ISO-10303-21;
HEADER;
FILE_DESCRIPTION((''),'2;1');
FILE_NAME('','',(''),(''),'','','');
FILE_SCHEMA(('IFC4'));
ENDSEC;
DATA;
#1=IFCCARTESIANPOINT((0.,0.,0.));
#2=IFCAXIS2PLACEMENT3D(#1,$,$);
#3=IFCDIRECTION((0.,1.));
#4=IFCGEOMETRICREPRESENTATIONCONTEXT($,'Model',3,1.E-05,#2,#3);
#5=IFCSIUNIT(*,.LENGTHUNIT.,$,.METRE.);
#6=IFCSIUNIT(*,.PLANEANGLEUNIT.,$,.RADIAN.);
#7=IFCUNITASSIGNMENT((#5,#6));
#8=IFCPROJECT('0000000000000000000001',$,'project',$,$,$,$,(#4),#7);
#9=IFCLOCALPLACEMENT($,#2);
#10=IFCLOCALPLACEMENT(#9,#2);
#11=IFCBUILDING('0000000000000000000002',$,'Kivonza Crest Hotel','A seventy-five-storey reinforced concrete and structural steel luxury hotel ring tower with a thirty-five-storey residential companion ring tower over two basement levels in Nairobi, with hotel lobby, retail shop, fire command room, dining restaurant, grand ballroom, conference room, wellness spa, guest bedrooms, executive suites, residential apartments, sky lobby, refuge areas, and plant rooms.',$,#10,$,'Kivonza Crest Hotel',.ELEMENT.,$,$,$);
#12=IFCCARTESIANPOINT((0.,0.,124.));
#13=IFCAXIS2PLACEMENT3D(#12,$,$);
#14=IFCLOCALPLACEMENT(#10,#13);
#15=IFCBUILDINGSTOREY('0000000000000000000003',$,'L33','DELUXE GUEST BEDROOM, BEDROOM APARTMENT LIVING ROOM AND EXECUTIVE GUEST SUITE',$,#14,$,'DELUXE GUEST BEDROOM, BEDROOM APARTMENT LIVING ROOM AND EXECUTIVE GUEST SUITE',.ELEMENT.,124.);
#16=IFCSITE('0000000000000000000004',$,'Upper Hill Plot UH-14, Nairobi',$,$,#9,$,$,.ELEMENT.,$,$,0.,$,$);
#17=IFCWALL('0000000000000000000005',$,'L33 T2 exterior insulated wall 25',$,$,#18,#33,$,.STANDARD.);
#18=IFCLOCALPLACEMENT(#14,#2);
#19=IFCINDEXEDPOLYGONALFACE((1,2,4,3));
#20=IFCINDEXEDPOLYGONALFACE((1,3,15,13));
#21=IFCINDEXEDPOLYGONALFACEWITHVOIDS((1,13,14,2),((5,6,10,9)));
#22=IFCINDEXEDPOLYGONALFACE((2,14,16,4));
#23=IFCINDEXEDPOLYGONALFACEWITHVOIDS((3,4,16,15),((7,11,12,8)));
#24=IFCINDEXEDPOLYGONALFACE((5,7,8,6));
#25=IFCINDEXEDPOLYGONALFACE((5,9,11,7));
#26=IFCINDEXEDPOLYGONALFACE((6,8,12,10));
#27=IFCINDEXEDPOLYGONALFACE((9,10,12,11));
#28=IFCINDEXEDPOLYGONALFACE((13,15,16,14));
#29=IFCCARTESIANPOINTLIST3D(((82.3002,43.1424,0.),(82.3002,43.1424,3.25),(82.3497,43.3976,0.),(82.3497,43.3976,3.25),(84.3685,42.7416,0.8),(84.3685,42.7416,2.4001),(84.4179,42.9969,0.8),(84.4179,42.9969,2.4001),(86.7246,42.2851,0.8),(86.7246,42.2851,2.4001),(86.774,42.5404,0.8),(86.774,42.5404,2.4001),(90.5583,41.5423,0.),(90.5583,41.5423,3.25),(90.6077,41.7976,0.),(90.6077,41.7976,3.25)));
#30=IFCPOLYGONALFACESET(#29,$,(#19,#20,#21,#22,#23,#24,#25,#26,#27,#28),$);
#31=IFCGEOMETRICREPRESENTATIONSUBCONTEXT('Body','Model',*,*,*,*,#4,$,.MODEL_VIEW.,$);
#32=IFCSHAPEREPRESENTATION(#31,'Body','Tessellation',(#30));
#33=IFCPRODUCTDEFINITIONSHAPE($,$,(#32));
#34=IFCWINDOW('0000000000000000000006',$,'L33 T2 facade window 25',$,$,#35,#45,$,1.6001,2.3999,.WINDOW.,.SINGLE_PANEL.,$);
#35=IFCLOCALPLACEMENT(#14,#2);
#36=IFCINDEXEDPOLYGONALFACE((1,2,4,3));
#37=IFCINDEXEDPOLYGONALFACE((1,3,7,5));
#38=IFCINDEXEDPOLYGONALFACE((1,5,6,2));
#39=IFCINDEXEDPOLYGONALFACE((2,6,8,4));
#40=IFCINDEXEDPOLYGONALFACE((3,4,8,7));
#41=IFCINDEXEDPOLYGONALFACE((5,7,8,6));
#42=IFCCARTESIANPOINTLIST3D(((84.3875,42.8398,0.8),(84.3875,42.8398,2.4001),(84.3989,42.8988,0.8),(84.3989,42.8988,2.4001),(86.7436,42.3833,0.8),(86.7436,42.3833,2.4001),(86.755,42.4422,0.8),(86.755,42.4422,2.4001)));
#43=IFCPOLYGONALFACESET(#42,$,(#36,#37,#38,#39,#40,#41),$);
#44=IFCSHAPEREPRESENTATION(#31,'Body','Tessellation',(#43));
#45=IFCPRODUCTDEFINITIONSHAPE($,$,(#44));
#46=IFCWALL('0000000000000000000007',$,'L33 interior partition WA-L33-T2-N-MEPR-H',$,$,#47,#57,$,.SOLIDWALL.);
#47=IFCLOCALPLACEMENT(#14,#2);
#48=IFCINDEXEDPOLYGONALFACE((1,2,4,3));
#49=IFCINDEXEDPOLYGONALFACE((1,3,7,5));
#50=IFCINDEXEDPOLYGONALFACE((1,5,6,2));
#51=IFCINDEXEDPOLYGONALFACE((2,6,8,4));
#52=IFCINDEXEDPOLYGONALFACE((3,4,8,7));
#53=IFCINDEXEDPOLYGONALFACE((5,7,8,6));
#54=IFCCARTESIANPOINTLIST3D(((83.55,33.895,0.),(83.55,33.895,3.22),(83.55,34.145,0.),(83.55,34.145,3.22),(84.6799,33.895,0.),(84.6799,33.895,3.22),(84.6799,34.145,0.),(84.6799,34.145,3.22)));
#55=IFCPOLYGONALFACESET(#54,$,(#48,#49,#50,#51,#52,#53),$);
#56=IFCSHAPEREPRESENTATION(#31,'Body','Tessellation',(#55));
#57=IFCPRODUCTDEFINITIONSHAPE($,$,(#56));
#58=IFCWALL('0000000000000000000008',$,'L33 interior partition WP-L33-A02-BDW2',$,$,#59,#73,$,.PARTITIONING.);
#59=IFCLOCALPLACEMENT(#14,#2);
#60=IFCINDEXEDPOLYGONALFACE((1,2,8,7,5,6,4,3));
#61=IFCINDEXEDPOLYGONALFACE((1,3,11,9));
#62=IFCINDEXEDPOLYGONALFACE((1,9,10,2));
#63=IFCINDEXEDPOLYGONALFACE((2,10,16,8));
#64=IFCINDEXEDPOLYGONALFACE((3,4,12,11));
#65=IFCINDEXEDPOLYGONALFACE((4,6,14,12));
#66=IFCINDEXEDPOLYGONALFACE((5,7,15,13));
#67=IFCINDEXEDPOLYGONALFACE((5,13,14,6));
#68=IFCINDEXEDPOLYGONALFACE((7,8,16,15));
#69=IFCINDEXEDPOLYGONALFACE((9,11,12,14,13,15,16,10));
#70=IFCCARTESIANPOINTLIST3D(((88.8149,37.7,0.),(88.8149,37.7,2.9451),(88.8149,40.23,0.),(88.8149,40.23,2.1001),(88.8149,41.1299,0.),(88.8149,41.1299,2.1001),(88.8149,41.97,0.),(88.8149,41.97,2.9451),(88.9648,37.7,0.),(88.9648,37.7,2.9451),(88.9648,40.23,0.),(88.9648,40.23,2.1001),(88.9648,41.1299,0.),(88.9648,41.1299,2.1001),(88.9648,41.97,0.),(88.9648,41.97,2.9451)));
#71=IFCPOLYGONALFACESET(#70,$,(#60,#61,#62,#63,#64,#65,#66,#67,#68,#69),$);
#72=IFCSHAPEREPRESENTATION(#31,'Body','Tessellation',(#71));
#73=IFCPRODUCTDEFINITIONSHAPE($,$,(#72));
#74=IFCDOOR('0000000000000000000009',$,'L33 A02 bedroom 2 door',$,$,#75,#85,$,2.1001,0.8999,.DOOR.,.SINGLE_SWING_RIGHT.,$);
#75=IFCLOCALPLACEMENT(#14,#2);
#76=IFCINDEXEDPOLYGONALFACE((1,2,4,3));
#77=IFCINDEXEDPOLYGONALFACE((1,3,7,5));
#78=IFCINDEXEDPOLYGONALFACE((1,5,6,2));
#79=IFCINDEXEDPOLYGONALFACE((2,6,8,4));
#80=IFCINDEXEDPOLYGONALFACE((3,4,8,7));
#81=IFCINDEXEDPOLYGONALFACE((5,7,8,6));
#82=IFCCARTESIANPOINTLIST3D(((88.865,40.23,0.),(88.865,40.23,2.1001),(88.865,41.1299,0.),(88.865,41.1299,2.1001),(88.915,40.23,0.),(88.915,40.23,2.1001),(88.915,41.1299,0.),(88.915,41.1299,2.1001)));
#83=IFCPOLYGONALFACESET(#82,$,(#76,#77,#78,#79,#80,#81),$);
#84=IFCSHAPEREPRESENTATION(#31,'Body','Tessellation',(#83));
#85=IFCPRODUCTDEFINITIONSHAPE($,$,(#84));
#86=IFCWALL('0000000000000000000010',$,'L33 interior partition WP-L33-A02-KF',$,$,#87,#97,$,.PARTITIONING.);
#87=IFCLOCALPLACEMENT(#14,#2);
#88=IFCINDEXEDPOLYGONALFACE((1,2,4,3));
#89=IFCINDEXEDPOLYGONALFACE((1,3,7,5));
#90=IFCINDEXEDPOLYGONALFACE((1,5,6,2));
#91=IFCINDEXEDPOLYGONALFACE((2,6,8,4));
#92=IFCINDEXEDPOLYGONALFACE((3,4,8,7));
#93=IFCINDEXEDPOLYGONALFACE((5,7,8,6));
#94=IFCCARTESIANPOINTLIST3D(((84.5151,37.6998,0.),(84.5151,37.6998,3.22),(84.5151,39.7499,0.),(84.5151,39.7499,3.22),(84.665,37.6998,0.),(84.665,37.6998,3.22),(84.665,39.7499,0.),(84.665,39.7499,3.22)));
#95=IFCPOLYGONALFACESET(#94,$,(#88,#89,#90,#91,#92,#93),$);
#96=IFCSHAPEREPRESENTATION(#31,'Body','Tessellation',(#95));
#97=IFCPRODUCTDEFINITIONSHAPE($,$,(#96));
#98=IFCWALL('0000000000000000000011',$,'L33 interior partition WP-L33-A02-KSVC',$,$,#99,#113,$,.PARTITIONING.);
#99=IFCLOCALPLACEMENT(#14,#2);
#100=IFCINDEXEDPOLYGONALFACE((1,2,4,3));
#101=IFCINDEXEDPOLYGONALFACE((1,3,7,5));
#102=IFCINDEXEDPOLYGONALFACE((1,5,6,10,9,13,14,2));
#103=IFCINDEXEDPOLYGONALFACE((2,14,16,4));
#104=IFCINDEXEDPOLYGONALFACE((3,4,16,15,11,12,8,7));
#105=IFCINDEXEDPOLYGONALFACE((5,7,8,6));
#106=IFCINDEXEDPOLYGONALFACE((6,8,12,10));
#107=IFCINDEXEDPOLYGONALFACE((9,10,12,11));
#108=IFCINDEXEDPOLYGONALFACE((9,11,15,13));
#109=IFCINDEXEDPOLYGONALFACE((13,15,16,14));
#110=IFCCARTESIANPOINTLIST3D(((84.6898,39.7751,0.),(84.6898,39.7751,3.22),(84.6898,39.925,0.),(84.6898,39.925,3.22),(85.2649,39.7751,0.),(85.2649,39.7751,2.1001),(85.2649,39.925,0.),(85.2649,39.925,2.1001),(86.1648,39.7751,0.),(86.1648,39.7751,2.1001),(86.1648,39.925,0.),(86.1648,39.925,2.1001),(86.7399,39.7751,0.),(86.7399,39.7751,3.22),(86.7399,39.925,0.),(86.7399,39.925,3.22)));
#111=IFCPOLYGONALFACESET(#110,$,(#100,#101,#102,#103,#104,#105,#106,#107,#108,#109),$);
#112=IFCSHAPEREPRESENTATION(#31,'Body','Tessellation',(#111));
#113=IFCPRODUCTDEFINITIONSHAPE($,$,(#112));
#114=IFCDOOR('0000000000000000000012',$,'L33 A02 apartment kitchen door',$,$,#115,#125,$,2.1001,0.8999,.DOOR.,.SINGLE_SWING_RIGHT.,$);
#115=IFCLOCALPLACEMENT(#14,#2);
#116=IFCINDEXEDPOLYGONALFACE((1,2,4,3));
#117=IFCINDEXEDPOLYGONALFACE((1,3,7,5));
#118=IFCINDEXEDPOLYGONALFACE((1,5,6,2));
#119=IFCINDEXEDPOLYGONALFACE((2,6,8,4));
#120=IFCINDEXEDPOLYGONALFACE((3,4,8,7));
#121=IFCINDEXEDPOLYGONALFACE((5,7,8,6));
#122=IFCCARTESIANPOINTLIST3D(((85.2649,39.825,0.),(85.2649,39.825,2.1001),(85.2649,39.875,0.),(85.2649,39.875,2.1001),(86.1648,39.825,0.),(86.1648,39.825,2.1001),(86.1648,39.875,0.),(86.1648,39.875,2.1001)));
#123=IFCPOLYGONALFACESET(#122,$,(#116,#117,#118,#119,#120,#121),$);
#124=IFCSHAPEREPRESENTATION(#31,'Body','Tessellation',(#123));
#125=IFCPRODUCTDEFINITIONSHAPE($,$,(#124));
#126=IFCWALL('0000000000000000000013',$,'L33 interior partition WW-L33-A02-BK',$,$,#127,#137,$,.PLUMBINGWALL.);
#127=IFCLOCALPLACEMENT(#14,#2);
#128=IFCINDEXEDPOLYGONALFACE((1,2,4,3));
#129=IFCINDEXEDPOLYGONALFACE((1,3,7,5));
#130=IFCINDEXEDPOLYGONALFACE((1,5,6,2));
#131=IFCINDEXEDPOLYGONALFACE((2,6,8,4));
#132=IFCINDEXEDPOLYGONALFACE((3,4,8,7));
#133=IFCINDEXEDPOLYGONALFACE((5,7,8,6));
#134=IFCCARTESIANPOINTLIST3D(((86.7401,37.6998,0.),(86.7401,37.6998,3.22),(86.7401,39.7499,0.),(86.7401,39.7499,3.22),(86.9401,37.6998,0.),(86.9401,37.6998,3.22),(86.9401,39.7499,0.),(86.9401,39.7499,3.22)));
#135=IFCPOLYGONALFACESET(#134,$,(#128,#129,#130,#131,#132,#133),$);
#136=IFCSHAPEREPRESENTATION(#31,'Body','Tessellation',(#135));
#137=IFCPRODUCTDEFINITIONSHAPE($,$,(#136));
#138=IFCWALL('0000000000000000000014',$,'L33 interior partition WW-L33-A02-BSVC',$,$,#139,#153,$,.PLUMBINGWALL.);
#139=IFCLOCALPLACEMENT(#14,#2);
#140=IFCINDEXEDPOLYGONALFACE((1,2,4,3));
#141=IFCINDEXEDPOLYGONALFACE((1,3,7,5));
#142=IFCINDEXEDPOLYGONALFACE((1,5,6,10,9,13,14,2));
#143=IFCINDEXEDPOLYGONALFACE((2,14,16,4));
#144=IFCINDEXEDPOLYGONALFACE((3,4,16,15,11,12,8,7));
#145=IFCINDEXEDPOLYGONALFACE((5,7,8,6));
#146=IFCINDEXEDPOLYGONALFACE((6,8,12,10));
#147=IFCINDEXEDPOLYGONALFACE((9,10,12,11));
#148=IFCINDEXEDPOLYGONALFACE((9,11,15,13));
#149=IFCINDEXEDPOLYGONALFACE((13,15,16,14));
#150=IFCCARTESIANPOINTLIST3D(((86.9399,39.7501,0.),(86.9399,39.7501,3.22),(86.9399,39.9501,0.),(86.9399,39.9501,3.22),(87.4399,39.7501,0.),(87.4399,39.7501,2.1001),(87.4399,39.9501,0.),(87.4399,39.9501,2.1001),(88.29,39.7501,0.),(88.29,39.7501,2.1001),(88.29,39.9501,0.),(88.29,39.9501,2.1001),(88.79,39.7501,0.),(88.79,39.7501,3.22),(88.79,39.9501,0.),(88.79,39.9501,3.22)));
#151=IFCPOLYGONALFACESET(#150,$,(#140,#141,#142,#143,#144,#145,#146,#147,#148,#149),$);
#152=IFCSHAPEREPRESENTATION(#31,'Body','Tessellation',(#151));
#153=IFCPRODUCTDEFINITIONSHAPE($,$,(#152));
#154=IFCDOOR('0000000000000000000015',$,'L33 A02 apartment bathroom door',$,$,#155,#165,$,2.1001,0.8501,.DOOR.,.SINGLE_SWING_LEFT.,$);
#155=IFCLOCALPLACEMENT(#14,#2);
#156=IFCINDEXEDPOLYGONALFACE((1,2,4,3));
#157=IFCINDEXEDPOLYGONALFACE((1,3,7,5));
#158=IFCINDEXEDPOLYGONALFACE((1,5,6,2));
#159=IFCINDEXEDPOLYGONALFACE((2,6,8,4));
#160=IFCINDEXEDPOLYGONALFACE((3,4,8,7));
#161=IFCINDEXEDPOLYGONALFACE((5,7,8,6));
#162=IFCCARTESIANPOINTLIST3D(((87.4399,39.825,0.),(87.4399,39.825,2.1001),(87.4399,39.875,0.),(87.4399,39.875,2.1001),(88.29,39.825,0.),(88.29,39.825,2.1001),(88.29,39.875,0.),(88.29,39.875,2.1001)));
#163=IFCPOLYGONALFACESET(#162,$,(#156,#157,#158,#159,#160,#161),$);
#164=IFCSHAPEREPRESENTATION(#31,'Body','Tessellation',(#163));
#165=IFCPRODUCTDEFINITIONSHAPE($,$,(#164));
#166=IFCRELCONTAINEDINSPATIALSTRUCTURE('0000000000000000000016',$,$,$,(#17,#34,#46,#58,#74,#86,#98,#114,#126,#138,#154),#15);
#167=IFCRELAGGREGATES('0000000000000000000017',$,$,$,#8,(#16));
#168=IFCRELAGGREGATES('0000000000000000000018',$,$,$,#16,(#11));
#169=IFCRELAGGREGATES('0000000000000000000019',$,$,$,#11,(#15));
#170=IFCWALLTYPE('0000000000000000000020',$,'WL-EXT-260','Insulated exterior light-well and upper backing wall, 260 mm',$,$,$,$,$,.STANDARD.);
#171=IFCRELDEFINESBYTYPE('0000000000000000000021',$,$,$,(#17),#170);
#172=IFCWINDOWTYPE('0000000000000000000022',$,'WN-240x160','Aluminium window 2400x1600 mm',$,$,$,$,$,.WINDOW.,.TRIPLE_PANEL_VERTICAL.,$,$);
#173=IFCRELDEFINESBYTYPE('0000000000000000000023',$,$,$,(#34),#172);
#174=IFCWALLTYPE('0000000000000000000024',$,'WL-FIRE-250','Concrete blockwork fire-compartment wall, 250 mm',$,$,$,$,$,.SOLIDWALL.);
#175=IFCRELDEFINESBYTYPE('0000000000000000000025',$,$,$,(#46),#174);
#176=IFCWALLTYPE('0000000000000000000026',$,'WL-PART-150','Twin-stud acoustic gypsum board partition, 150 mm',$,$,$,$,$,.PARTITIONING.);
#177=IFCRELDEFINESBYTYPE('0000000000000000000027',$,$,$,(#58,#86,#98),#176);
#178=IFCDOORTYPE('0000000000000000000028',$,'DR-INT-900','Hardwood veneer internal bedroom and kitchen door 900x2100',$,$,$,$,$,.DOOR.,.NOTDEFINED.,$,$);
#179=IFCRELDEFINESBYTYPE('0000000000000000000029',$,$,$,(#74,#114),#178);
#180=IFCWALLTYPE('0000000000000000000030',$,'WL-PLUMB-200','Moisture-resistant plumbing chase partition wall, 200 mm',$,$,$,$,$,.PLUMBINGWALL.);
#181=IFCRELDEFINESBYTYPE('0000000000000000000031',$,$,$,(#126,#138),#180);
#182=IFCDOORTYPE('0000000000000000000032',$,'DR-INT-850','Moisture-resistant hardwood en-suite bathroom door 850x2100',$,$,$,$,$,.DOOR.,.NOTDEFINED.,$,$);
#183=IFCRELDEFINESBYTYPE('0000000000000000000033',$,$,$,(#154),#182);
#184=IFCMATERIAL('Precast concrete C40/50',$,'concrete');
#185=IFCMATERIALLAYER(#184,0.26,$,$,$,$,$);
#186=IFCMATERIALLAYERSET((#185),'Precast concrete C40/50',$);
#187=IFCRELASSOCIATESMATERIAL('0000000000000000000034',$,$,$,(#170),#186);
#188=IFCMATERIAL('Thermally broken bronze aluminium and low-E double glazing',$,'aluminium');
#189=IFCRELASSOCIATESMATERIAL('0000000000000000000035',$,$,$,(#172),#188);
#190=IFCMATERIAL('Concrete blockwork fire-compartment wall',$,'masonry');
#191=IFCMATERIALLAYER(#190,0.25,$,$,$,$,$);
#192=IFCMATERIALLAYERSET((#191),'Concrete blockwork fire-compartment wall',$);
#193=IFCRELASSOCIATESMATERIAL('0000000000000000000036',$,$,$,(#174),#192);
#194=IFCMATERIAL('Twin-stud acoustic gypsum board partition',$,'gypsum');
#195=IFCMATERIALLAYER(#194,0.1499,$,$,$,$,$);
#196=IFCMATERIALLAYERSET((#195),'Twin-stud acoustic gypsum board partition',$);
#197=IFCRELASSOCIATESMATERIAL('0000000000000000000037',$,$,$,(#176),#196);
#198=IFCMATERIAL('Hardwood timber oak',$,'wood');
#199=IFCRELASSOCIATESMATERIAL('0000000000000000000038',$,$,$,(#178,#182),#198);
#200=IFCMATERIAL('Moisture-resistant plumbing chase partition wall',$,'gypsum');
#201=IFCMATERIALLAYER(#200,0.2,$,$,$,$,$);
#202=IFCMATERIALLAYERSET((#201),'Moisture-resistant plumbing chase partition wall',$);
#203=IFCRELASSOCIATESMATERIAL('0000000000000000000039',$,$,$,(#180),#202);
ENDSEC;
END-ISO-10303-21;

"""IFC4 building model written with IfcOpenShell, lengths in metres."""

from ifc_helpers import new_model, si_unit, direction, frame, frame_2d, origin, place, context, subcontext, project, spatial, rectangle, extrude, material, layer, layer_set, type_object, element, fill, save


model = new_model("IFC4")

# Units and contexts
model_context = context("Model", 3, precision=1e-05, world=origin(), true_north=direction((0.0, 1.0)))
body_context = subcontext(model_context, "Body", "Model", "MODEL_VIEW")
ifc_project = project(units=[si_unit("LENGTHUNIT", "METRE"), si_unit("PLANEANGLEUNIT", "RADIAN")], contexts=[model_context])

# Site, building, storey
site_placement = place(None, origin())
site = spatial("IfcSite", under=ifc_project, at=site_placement, Name="Upper Hill Plot UH-14, Nairobi", CompositionType="ELEMENT", RefElevation=0.0)
building_placement = place(site_placement, origin())
building = spatial("IfcBuilding", under=site, at=building_placement, Name="Kivonza Crest Hotel", Description="A seventy-five-storey reinforced concrete and structural steel luxury hotel ring tower with a thirty-five-storey residential companion ring tower over two basement levels in Nairobi, with hotel lobby, retail shop, fire command room, dining restaurant, grand ballroom, conference room, wellness spa, guest bedrooms, executive suites, residential apartments, sky lobby, refuge areas, and plant rooms.", LongName="Kivonza Crest Hotel", CompositionType="ELEMENT")
storey_placement = place(building_placement, frame((0.0, 0.0, 124.0)))
storey = spatial("IfcBuildingStorey", under=building, at=storey_placement, Name="L33", Description="DELUXE GUEST BEDROOM, BEDROOM APARTMENT LIVING ROOM AND EXECUTIVE GUEST SUITE", LongName="DELUXE GUEST BEDROOM, BEDROOM APARTMENT LIVING ROOM AND EXECUTIVE GUEST SUITE", CompositionType="ELEMENT", Elevation=124.0)

# Shared definitions
ifc_material_1 = material(Name="Precast concrete C40/50", Category="concrete")
ifc_layer_1 = layer(ifc_material_1, 0.26)
ifc_layer_set_1 = layer_set([ifc_layer_1], Name="Precast concrete C40/50")
wall_type_1 = type_object("IfcWallType", Name="WL-EXT-260", Description="Insulated exterior light-well and upper backing wall, 260 mm", PredefinedType="STANDARD", material=ifc_layer_set_1)

# Shared definitions
ifc_material_2 = material(Name="Thermally broken bronze aluminium and low-E double glazing", Category="aluminium")

# Wall, opening, window
wall_1_placement = place(storey_placement, frame((90.583, 41.6699, 0.0), z_axis=(0.0, 0.0, 1.0), x_axis=(-0.981741, 0.190224, 0.0)))
wall_1 = element("IfcWall", 1, at=wall_1_placement, inside=storey, type_object=wall_type_1, Name="L33 T2 exterior insulated wall 25", PredefinedType="STANDARD", context=body_context, shape_type="SweptSolid", body=[
    extrude(rectangle(XDim=8.4116, YDim=0.26, at=frame_2d((4.2058, 0.0))), origin(), (0.0, 0.0, 1.0), 3.25),
])
opening_1_placement = place(wall_1_placement, frame((3.905, 0.0, 0.8)))
opening_1 = element("IfcOpeningElement", 2, at=opening_1_placement, cuts=wall_1, PredefinedType="OPENING", context=body_context, shape_type="SweptSolid", body=[
    extrude(rectangle(XDim=2.3999, YDim=1.6001, at=frame_2d((1.2, 0.8))), frame((0.0, 0.1401, 0.0), z_axis=(0.0, -1.0, 0.0), x_axis=(1.0, 0.0, 0.0)), (0.0, 0.0, 1.0), 0.28),
])
window_type_1 = type_object("IfcWindowType", Name="WN-240x160", Description="Aluminium window 2400x1600 mm", PartitioningType="TRIPLE_PANEL_VERTICAL", PredefinedType="WINDOW", material=ifc_material_2)
window_1_placement = place(opening_1_placement, origin())
window_1 = element("IfcWindow", 3, at=window_1_placement, inside=storey, type_object=window_type_1, Name="L33 T2 facade window 25", OverallHeight=1.6001, OverallWidth=2.3999, PartitioningType="SINGLE_PANEL", PredefinedType="WINDOW", context=body_context, shape_type="SweptSolid", body=[
    extrude(rectangle(XDim=2.3999, YDim=1.6001, at=frame_2d((1.2, 0.8))), frame((0.0, 0.03, 0.0), z_axis=(0.0, -1.0, 0.0), x_axis=(1.0, 0.0, 0.0)), (0.0, 0.0, 1.0), 0.0601),
])
fill(opening_1, window_1)

# Wall
ifc_material_3 = material(Name="Concrete blockwork fire-compartment wall", Category="masonry")
ifc_layer_2 = layer(ifc_material_3, 0.25)
ifc_layer_set_2 = layer_set([ifc_layer_2], Name="Concrete blockwork fire-compartment wall")
wall_type_2 = type_object("IfcWallType", Name="WL-FIRE-250", Description="Concrete blockwork fire-compartment wall, 250 mm", PredefinedType="SOLIDWALL", material=ifc_layer_set_2)
wall_2_placement = place(storey_placement, frame((83.55, 34.02, 0.0), z_axis=(0.0, 0.0, 1.0), x_axis=(1.0, 0.0, 0.0)))
element("IfcWall", 4, at=wall_2_placement, inside=storey, type_object=wall_type_2, Name="L33 interior partition WA-L33-T2-N-MEPR-H", PredefinedType="SOLIDWALL", context=body_context, shape_type="SweptSolid", body=[
    extrude(rectangle(XDim=1.1299, YDim=0.25, at=frame_2d((0.5649, 0.0))), origin(), (0.0, 0.0, 1.0), 3.22),
])

# Wall, opening, door
ifc_material_4 = material(Name="Twin-stud acoustic gypsum board partition", Category="gypsum")
ifc_layer_3 = layer(ifc_material_4, 0.1499)
ifc_layer_set_3 = layer_set([ifc_layer_3], Name="Twin-stud acoustic gypsum board partition")
wall_type_3 = type_object("IfcWallType", Name="WL-PART-150", Description="Twin-stud acoustic gypsum board partition, 150 mm", PredefinedType="PARTITIONING", material=ifc_layer_set_3)
wall_3_placement = place(storey_placement, frame((88.8899, 37.7, 0.0), z_axis=(0.0, 0.0, 1.0), x_axis=(0.0, 1.0, 0.0)))
wall_3 = element("IfcWall", 5, at=wall_3_placement, inside=storey, type_object=wall_type_3, Name="L33 interior partition WP-L33-A02-BDW2", PredefinedType="PARTITIONING", context=body_context, shape_type="SweptSolid", body=[
    extrude(rectangle(XDim=4.27, YDim=0.1499, at=frame_2d((2.135, 0.0))), origin(), (0.0, 0.0, 1.0), 2.9451),
])
opening_2_placement = place(wall_3_placement, frame((2.53, 0.0, 0.0)))
opening_2 = element("IfcOpeningElement", 6, at=opening_2_placement, cuts=wall_3, PredefinedType="OPENING", context=body_context, shape_type="SweptSolid", body=[
    extrude(rectangle(XDim=0.8999, YDim=2.1001, at=frame_2d((0.45, 1.05))), frame((0.0, 0.085, 0.0), z_axis=(0.0, -1.0, 0.0), x_axis=(1.0, 0.0, 0.0)), (0.0, 0.0, 1.0), 0.1699),
])
ifc_material_5 = material(Name="Hardwood timber oak", Category="wood")
door_type_1 = type_object("IfcDoorType", Name="DR-INT-900", Description="Hardwood veneer internal bedroom and kitchen door 900x2100", OperationType="NOTDEFINED", PredefinedType="DOOR", material=ifc_material_5)
door_1_placement = place(opening_2_placement, origin())
door_1 = element("IfcDoor", 7, at=door_1_placement, inside=storey, type_object=door_type_1, Name="L33 A02 bedroom 2 door", OperationType="SINGLE_SWING_RIGHT", OverallHeight=2.1001, OverallWidth=0.8999, PredefinedType="DOOR", context=body_context, shape_type="SweptSolid", body=[
    extrude(rectangle(XDim=0.8999, YDim=2.1001, at=frame_2d((0.45, 1.05))), frame((0.0, 0.0249, 0.0), z_axis=(0.0, -1.0, 0.0), x_axis=(1.0, 0.0, 0.0)), (0.0, 0.0, 1.0), 0.05),
])
fill(opening_2, door_1)

# Wall
wall_4_placement = place(storey_placement, frame((84.5901, 37.7, 0.0), z_axis=(0.0, 0.0, 1.0), x_axis=(0.0, 1.0, 0.0)))
element("IfcWall", 8, at=wall_4_placement, inside=storey, type_object=wall_type_3, Name="L33 interior partition WP-L33-A02-KF", PredefinedType="PARTITIONING", context=body_context, shape_type="SweptSolid", body=[
    extrude(rectangle(XDim=2.05, YDim=0.1499, at=frame_2d((1.0249, 0.0))), origin(), (0.0, 0.0, 1.0), 3.22),
])

# Wall, opening, door
wall_5_placement = place(storey_placement, frame((84.6899, 39.8501, 0.0), z_axis=(0.0, 0.0, 1.0), x_axis=(1.0, 0.0, 0.0)))
wall_5 = element("IfcWall", 9, at=wall_5_placement, inside=storey, type_object=wall_type_3, Name="L33 interior partition WP-L33-A02-KSVC", PredefinedType="PARTITIONING", context=body_context, shape_type="SweptSolid", body=[
    extrude(rectangle(XDim=2.05, YDim=0.1499, at=frame_2d((1.0249, 0.0))), origin(), (0.0, 0.0, 1.0), 3.22),
])
opening_3_placement = place(wall_5_placement, frame((0.575, 0.0, 0.0)))
opening_3 = element("IfcOpeningElement", 10, at=opening_3_placement, cuts=wall_5, PredefinedType="OPENING", context=body_context, shape_type="SweptSolid", body=[
    extrude(rectangle(XDim=0.8999, YDim=2.1001, at=frame_2d((0.45, 1.05))), frame((0.0, 0.085, 0.0), z_axis=(0.0, -1.0, 0.0), x_axis=(1.0, 0.0, 0.0)), (0.0, 0.0, 1.0), 0.1699),
])
door_2_placement = place(opening_3_placement, origin())
door_2 = element("IfcDoor", 11, at=door_2_placement, inside=storey, type_object=door_type_1, Name="L33 A02 apartment kitchen door", OperationType="SINGLE_SWING_RIGHT", OverallHeight=2.1001, OverallWidth=0.8999, PredefinedType="DOOR", context=body_context, shape_type="SweptSolid", body=[
    extrude(rectangle(XDim=0.8999, YDim=2.1001, at=frame_2d((0.45, 1.05))), frame((0.0, 0.0249, 0.0), z_axis=(0.0, -1.0, 0.0), x_axis=(1.0, 0.0, 0.0)), (0.0, 0.0, 1.0), 0.05),
])
fill(opening_3, door_2)

# Wall
ifc_material_6 = material(Name="Moisture-resistant plumbing chase partition wall", Category="gypsum")
ifc_layer_4 = layer(ifc_material_6, 0.2)
ifc_layer_set_4 = layer_set([ifc_layer_4], Name="Moisture-resistant plumbing chase partition wall")
wall_type_4 = type_object("IfcWallType", Name="WL-PLUMB-200", Description="Moisture-resistant plumbing chase partition wall, 200 mm", PredefinedType="PLUMBINGWALL", material=ifc_layer_set_4)
wall_6_placement = place(storey_placement, frame((86.8401, 37.7, 0.0), z_axis=(0.0, 0.0, 1.0), x_axis=(0.0, 1.0, 0.0)))
element("IfcWall", 12, at=wall_6_placement, inside=storey, type_object=wall_type_4, Name="L33 interior partition WW-L33-A02-BK", PredefinedType="PLUMBINGWALL", context=body_context, shape_type="SweptSolid", body=[
    extrude(rectangle(XDim=2.05, YDim=0.2, at=frame_2d((1.0249, 0.0))), origin(), (0.0, 0.0, 1.0), 3.22),
])

# Wall, opening, door
wall_7_placement = place(storey_placement, frame((86.9399, 39.8501, 0.0), z_axis=(0.0, 0.0, 1.0), x_axis=(1.0, 0.0, 0.0)))
wall_7 = element("IfcWall", 13, at=wall_7_placement, inside=storey, type_object=wall_type_4, Name="L33 interior partition WW-L33-A02-BSVC", PredefinedType="PLUMBINGWALL", context=body_context, shape_type="SweptSolid", body=[
    extrude(rectangle(XDim=1.8501, YDim=0.2, at=frame_2d((0.925, 0.0))), origin(), (0.0, 0.0, 1.0), 3.22),
])
opening_4_placement = place(wall_7_placement, frame((0.5, 0.0, 0.0)))
opening_4 = element("IfcOpeningElement", 14, at=opening_4_placement, cuts=wall_7, PredefinedType="OPENING", context=body_context, shape_type="SweptSolid", body=[
    extrude(rectangle(XDim=0.8501, YDim=2.1001, at=frame_2d((0.425, 1.05))), frame((0.0, 0.1099, 0.0), z_axis=(0.0, -1.0, 0.0), x_axis=(1.0, 0.0, 0.0)), (0.0, 0.0, 1.0), 0.22),
])
door_type_2 = type_object("IfcDoorType", Name="DR-INT-850", Description="Moisture-resistant hardwood en-suite bathroom door 850x2100", OperationType="NOTDEFINED", PredefinedType="DOOR", material=ifc_material_5)
door_3_placement = place(opening_4_placement, origin())
door_3 = element("IfcDoor", 15, at=door_3_placement, inside=storey, type_object=door_type_2, Name="L33 A02 apartment bathroom door", OperationType="SINGLE_SWING_LEFT", OverallHeight=2.1001, OverallWidth=0.8501, PredefinedType="DOOR", context=body_context, shape_type="SweptSolid", body=[
    extrude(rectangle(XDim=0.8501, YDim=2.1001, at=frame_2d((0.425, 1.05))), frame((0.0, 0.0249, 0.0), z_axis=(0.0, -1.0, 0.0), x_axis=(1.0, 0.0, 0.0)), (0.0, 0.0, 1.0), 0.05),
])
fill(opening_4, door_3)

save(model, "model.ifc")
